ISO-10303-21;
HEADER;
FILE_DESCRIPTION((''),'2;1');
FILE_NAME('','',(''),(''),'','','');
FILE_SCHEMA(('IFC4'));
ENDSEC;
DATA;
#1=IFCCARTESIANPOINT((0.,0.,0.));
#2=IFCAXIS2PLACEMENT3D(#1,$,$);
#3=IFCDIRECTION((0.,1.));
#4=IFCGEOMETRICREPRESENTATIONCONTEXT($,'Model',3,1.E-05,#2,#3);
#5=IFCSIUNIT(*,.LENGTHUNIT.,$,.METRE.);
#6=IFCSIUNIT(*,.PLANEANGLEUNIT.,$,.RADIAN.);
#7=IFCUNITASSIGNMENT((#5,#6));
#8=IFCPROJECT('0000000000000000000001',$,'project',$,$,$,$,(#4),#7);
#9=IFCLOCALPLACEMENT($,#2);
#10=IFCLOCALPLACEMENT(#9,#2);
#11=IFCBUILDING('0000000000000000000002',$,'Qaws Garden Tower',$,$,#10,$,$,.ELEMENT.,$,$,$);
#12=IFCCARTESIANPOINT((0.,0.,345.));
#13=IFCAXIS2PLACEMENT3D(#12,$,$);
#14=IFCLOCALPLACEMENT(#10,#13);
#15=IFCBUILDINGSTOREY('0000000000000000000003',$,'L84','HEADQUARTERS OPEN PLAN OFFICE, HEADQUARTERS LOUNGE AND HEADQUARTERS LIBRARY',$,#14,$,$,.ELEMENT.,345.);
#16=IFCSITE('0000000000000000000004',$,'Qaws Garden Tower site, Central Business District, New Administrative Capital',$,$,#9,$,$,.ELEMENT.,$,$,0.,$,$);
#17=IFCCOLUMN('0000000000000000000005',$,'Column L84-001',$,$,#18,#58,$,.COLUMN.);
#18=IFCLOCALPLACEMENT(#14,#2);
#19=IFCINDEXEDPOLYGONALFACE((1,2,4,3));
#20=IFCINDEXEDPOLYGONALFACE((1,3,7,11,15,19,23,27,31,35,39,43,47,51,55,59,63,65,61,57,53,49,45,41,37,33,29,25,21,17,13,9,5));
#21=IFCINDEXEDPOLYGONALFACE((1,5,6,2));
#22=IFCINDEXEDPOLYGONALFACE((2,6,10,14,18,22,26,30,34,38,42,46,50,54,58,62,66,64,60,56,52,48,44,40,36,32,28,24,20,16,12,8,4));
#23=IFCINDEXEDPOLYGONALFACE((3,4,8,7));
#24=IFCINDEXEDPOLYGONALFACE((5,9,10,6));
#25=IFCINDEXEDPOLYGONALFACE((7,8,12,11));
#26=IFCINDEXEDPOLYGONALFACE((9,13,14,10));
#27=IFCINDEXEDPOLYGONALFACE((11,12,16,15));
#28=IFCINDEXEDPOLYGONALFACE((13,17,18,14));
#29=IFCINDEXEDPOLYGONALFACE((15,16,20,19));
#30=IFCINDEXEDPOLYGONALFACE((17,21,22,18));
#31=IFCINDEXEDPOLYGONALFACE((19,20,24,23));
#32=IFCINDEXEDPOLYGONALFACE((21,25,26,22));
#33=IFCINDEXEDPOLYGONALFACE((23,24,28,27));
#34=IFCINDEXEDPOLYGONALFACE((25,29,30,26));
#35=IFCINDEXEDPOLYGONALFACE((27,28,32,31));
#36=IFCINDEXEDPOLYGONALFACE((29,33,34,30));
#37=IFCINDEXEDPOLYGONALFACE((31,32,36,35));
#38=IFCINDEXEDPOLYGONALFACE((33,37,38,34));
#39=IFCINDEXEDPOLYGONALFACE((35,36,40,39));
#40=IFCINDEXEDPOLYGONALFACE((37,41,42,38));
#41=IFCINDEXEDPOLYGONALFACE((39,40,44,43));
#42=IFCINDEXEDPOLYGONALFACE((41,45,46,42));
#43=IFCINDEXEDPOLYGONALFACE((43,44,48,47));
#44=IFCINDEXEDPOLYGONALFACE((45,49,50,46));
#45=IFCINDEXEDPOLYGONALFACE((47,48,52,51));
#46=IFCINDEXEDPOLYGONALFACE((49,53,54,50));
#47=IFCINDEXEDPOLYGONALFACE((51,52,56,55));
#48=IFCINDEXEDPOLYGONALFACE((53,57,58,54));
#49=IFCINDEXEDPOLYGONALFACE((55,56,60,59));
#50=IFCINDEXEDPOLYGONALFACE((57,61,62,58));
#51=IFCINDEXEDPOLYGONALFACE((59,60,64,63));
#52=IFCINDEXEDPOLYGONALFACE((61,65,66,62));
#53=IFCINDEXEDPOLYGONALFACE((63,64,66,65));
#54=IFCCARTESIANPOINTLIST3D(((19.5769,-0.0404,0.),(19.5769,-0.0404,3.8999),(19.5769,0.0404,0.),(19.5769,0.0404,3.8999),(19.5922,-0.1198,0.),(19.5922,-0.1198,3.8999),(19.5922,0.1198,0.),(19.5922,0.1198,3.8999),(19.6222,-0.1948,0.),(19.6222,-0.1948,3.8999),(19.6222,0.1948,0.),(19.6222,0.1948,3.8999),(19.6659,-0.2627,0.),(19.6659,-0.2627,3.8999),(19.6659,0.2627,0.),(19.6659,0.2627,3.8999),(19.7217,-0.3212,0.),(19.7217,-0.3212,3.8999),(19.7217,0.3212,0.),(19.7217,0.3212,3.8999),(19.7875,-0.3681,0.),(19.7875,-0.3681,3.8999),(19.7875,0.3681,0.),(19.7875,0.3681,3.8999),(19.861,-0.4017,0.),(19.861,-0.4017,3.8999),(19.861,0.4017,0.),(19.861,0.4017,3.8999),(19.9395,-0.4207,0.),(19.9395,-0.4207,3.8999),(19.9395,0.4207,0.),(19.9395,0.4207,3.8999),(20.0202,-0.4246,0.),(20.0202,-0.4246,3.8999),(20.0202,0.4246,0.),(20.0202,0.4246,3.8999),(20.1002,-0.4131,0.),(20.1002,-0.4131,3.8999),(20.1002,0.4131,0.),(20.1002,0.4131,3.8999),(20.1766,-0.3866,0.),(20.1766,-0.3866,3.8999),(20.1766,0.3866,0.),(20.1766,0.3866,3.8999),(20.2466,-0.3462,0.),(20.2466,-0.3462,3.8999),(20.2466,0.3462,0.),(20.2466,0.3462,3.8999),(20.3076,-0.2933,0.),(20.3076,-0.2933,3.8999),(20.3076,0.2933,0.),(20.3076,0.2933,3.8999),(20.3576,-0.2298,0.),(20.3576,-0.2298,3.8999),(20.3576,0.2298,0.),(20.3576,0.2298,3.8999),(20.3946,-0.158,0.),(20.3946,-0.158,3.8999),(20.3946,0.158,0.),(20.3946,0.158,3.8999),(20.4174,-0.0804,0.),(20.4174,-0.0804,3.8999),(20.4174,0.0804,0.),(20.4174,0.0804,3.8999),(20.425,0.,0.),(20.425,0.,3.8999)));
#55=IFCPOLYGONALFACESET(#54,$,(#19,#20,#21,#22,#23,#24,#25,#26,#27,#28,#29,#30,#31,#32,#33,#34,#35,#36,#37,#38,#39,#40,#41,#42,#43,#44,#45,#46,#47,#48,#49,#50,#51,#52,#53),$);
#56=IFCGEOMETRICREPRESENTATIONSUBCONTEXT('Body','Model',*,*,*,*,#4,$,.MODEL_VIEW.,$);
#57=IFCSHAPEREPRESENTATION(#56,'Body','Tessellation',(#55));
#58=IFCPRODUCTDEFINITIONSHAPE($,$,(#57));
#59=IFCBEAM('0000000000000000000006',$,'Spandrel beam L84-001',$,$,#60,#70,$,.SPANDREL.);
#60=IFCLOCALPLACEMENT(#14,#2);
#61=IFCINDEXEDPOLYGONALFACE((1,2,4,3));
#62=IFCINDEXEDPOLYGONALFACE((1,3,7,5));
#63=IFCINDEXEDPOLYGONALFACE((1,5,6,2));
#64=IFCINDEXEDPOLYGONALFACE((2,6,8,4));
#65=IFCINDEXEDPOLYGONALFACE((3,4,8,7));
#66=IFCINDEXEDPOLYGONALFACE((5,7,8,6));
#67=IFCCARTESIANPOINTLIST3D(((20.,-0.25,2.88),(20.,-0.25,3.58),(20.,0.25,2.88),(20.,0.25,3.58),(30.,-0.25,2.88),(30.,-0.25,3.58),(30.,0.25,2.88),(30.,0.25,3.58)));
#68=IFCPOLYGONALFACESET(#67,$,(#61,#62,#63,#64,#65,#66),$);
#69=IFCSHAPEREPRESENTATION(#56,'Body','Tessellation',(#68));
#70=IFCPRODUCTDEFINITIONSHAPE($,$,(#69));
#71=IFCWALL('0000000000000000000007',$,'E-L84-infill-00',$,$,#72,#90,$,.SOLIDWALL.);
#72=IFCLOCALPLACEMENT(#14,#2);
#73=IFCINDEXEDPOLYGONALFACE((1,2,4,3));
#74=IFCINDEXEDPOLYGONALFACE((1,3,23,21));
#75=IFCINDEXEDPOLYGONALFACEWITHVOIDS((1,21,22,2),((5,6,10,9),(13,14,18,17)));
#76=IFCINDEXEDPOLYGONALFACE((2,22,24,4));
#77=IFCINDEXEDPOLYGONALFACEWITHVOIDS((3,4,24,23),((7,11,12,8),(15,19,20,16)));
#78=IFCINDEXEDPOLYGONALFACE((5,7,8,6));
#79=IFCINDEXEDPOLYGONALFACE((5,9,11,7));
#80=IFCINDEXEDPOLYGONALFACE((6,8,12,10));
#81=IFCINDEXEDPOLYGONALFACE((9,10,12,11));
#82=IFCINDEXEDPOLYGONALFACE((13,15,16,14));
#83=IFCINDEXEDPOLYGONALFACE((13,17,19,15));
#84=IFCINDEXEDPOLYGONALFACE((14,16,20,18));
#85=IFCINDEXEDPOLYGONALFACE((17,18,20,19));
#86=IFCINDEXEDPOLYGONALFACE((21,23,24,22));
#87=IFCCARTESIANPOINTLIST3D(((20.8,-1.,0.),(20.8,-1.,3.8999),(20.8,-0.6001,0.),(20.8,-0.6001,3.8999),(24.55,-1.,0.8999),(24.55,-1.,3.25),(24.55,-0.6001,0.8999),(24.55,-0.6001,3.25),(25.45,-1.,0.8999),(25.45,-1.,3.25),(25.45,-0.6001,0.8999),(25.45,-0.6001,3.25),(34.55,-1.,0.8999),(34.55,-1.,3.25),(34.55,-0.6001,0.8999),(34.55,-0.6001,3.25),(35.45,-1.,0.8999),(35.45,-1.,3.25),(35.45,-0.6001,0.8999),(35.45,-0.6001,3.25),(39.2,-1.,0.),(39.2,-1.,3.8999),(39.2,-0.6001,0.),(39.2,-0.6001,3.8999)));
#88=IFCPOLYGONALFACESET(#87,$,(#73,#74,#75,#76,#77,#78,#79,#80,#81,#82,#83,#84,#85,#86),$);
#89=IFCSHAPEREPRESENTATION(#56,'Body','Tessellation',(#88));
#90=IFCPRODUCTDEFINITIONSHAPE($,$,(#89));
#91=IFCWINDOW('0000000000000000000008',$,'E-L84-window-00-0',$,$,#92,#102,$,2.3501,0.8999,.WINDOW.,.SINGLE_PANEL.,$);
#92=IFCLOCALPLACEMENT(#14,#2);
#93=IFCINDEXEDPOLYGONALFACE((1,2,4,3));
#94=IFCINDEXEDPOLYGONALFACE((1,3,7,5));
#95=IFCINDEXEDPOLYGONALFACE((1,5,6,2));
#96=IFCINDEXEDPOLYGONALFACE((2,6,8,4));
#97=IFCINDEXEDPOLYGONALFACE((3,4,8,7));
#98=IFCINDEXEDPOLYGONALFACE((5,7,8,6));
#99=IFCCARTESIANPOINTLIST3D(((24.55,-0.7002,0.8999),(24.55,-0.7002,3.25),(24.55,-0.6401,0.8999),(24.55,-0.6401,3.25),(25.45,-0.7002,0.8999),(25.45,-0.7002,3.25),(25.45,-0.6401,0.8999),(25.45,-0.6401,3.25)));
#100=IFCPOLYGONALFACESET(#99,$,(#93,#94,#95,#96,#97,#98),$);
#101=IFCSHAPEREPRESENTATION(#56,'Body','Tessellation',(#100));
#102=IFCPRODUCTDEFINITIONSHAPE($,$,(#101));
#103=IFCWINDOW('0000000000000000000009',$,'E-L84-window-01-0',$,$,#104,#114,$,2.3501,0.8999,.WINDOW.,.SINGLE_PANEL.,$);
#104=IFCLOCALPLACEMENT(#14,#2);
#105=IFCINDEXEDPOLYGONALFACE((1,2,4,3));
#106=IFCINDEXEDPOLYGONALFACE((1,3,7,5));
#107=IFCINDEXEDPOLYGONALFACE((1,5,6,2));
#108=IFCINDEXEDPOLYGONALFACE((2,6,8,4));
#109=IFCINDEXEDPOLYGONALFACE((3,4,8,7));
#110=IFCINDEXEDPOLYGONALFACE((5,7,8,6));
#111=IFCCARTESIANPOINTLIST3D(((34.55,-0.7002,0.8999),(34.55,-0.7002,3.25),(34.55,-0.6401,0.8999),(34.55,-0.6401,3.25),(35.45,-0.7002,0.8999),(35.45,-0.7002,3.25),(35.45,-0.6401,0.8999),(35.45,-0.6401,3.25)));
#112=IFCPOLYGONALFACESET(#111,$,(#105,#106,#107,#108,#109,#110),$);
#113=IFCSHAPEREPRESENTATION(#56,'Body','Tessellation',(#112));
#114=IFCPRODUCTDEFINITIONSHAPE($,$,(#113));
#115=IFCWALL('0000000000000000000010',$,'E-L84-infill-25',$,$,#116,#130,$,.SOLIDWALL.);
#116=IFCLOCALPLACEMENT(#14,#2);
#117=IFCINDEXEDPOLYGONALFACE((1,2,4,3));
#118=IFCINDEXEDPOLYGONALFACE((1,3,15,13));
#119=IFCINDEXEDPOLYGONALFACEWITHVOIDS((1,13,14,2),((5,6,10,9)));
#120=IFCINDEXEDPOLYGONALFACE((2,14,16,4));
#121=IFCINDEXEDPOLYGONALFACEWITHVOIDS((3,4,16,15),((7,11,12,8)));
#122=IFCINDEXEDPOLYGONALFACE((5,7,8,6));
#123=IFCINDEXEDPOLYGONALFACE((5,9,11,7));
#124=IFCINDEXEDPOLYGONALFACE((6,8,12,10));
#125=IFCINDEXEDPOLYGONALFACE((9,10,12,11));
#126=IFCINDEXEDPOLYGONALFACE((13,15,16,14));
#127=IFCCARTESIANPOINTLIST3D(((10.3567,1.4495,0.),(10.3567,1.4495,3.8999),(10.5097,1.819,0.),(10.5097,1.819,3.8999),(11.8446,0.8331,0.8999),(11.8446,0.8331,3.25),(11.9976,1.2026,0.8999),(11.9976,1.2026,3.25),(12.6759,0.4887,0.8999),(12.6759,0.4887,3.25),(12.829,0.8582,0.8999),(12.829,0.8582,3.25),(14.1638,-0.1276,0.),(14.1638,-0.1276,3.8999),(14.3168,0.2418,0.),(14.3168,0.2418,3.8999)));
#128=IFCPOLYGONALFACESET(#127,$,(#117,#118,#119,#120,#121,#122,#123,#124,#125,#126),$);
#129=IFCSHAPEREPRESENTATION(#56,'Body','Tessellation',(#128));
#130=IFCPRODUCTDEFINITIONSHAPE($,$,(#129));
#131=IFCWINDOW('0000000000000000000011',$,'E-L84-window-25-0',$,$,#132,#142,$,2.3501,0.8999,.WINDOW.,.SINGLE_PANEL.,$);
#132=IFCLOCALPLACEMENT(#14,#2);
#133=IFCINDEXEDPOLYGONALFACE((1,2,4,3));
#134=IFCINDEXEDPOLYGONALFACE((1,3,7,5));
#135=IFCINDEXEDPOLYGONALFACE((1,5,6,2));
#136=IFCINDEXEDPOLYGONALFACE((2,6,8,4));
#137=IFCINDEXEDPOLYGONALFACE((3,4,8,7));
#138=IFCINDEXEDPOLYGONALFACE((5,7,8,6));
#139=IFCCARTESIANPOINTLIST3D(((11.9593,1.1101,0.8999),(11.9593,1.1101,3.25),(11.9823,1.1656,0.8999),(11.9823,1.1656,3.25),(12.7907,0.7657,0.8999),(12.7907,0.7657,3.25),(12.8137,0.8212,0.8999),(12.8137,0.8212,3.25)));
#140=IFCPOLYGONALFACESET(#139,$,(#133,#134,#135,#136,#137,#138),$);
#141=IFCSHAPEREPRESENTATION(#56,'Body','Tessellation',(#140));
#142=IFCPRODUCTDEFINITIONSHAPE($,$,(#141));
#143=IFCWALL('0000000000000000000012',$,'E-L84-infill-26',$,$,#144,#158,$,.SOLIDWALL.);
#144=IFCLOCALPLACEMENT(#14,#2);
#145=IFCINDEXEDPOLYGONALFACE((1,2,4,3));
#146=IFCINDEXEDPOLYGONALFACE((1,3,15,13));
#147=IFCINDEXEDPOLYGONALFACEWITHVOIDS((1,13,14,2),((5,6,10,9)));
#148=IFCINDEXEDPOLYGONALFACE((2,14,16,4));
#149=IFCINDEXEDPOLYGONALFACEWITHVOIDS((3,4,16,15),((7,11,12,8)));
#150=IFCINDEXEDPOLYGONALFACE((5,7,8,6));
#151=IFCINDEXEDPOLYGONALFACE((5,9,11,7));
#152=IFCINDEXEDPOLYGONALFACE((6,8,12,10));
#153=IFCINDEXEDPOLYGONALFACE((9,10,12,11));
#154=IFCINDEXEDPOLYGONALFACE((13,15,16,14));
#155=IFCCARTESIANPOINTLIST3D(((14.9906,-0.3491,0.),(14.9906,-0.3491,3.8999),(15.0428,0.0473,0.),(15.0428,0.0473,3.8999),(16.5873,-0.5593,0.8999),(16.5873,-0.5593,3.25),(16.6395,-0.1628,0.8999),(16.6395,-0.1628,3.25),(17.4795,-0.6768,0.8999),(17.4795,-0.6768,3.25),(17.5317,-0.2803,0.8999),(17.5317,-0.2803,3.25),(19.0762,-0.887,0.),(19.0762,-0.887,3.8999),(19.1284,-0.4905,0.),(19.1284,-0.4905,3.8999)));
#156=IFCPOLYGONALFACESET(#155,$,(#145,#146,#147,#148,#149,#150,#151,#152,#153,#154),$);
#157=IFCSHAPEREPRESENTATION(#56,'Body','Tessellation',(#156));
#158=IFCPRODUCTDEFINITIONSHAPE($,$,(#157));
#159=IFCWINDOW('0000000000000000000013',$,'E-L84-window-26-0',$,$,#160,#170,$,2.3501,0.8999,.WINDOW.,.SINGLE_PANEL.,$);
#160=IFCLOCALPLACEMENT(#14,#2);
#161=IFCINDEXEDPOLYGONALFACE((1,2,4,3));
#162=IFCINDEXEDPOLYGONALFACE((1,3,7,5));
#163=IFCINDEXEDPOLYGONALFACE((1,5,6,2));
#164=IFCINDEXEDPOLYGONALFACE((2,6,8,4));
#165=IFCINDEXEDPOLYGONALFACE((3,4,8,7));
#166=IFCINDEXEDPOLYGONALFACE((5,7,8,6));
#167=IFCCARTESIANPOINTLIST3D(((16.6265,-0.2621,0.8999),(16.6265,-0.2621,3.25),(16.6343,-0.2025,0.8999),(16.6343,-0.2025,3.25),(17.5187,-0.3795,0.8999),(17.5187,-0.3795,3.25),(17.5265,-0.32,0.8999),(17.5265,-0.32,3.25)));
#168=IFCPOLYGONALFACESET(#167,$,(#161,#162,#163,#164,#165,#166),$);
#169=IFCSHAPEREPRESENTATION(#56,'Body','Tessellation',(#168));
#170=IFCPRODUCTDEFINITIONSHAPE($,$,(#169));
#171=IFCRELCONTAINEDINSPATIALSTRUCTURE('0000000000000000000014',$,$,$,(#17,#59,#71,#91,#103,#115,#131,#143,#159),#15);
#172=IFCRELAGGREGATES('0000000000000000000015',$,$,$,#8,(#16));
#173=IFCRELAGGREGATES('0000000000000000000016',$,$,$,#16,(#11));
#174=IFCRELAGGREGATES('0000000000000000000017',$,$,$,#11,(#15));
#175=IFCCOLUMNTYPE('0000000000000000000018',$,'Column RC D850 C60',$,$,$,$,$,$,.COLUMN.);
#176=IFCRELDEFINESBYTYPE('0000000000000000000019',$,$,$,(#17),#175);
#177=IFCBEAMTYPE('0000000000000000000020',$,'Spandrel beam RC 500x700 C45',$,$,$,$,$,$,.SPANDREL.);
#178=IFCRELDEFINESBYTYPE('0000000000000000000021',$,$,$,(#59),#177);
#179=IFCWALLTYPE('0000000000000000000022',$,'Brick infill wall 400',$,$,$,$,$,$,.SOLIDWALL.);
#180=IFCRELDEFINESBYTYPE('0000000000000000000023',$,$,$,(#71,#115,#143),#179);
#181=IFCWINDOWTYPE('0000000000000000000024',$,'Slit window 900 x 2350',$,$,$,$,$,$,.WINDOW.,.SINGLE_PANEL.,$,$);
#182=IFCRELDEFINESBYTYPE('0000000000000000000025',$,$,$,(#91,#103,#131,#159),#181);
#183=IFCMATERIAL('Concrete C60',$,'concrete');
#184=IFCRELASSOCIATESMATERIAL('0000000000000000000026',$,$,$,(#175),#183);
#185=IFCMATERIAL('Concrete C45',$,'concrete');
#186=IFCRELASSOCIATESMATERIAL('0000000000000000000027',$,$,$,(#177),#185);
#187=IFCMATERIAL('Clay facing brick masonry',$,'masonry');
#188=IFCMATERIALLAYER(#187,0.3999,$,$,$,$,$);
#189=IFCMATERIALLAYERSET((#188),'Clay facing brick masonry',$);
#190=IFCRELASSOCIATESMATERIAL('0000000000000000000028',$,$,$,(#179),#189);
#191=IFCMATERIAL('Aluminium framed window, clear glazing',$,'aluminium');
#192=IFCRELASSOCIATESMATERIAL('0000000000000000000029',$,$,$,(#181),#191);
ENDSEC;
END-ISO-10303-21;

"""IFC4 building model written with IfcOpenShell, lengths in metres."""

from ifc_helpers import new_model, si_unit, direction, frame, frame_2d, origin, origin_2d, place, context, subcontext, project, spatial, rectangle, circle, extrude, material, layer, layer_set, material_profile, profile_set, type_object, element, fill, save


model = new_model("IFC4")

# Units and contexts
model_context = context("Model", 3, precision=1e-05, world=origin(), true_north=direction((0.0, 1.0)))
body_context = subcontext(model_context, "Body", "Model", "MODEL_VIEW")
ifc_project = project(units=[si_unit("LENGTHUNIT", "METRE"), si_unit("PLANEANGLEUNIT", "RADIAN")], contexts=[model_context])

# Site, building, storey
site_placement = place(None, origin())
site = spatial("IfcSite", under=ifc_project, at=site_placement, Name="Qaws Garden Tower site, Central Business District, New Administrative Capital", CompositionType="ELEMENT", RefElevation=0.0)
building_placement = place(site_placement, origin())
building = spatial("IfcBuilding", under=site, at=building_placement, Name="Qaws Garden Tower", CompositionType="ELEMENT")
storey_placement = place(building_placement, frame((0.0, 0.0, 345.0)))
storey = spatial("IfcBuildingStorey", under=building, at=storey_placement, Name="L84", Description="HEADQUARTERS OPEN PLAN OFFICE, HEADQUARTERS LOUNGE AND HEADQUARTERS LIBRARY", CompositionType="ELEMENT", Elevation=345.0)

# Column
ifc_material_1 = material(Name="Concrete C60", Category="concrete")
ifc_material_profile_1 = material_profile(ifc_material_1, circle(Radius=0.425, at=origin_2d()), Name="RC D850")
ifc_profile_set_1 = profile_set([ifc_material_profile_1], Name="Concrete C60")
column_type = type_object("IfcColumnType", Name="Column RC D850 C60", PredefinedType="COLUMN", material=ifc_profile_set_1)
column_placement = place(storey_placement, frame((20.0, 0.0, 0.0), z_axis=(0.0, 0.0, 1.0), x_axis=(1.0, 0.0, 0.0)))
element("IfcColumn", 1, at=column_placement, inside=storey, type_object=column_type, Name="Column L84-001", PredefinedType="COLUMN", context=body_context, shape_type="SweptSolid", body=[
    extrude(circle(Radius=0.425, at=origin_2d()), origin(), (0.0, 0.0, 1.0), 3.8999),
])

# Beam
ifc_material_2 = material(Name="Concrete C45", Category="concrete")
ifc_material_profile_2 = material_profile(ifc_material_2, rectangle(XDim=0.5, YDim=0.7, at=origin_2d()), Name="RC 500x700")
ifc_profile_set_2 = profile_set([ifc_material_profile_2], Name="Concrete C45")
beam_type = type_object("IfcBeamType", Name="Spandrel beam RC 500x700 C45", PredefinedType="SPANDREL", material=ifc_profile_set_2)
beam_placement = place(storey_placement, frame((20.0, 0.0, 3.23), z_axis=(1.0, 0.0, 0.0), x_axis=(0.0, 1.0, 0.0)))
element("IfcBeam", 2, at=beam_placement, inside=storey, type_object=beam_type, Name="Spandrel beam L84-001", PredefinedType="SPANDREL", context=body_context, shape_type="SweptSolid", body=[
    extrude(rectangle(XDim=0.5, YDim=0.7, at=origin_2d()), origin(), (0.0, 0.0, 1.0), 10.0),
])

# Wall, openings, windows
ifc_material_3 = material(Name="Clay facing brick masonry", Category="masonry")
ifc_layer_1 = layer(ifc_material_3, 0.3999)
ifc_layer_set_1 = layer_set([ifc_layer_1], Name="Clay facing brick masonry")
wall_type_1 = type_object("IfcWallType", Name="Brick infill wall 400", PredefinedType="SOLIDWALL", material=ifc_layer_set_1)
wall_1_placement = place(storey_placement, frame((20.8, -0.8, 0.0), z_axis=(0.0, 0.0, 1.0), x_axis=(1.0, 0.0, 0.0)))
wall_1 = element("IfcWall", 3, at=wall_1_placement, inside=storey, type_object=wall_type_1, Name="E-L84-infill-00", PredefinedType="SOLIDWALL", context=body_context, shape_type="SweptSolid", body=[
    extrude(rectangle(XDim=18.3999, YDim=0.3999, at=frame_2d((9.2, 0.0))), origin(), (0.0, 0.0, 1.0), 3.8999),
])
opening_1_placement = place(wall_1_placement, frame((3.75, 0.0, 0.8999)))
opening_1 = element("IfcOpeningElement", 4, at=opening_1_placement, cuts=wall_1, PredefinedType="OPENING", context=body_context, shape_type="SweptSolid", body=[
    extrude(rectangle(XDim=0.8999, YDim=2.3501, at=frame_2d((0.45, 1.175))), frame((0.0, 0.21, 0.0), z_axis=(0.0, -1.0, 0.0), x_axis=(1.0, 0.0, 0.0)), (0.0, 0.0, 1.0), 0.4199),
])
opening_2_placement = place(wall_1_placement, frame((13.75, 0.0, 0.8999)))
opening_2 = element("IfcOpeningElement", 5, at=opening_2_placement, cuts=wall_1, PredefinedType="OPENING", context=body_context, shape_type="SweptSolid", body=[
    extrude(rectangle(XDim=0.8999, YDim=2.3501, at=frame_2d((0.45, 1.175))), frame((0.0, 0.21, 0.0), z_axis=(0.0, -1.0, 0.0), x_axis=(1.0, 0.0, 0.0)), (0.0, 0.0, 1.0), 0.4199),
])
ifc_material_4 = material(Name="Aluminium framed window, clear glazing", Category="aluminium")
window_type = type_object("IfcWindowType", Name="Slit window 900 x 2350", PartitioningType="SINGLE_PANEL", PredefinedType="WINDOW", material=ifc_material_4)
window_1_placement = place(opening_1_placement, origin())
window_1 = element("IfcWindow", 6, at=window_1_placement, inside=storey, type_object=window_type, Name="E-L84-window-00-0", OverallHeight=2.3501, OverallWidth=0.8999, PartitioningType="SINGLE_PANEL", PredefinedType="WINDOW", context=body_context, shape_type="SweptSolid", body=[
    extrude(rectangle(XDim=0.8999, YDim=2.3501, at=frame_2d((0.45, 1.175))), frame((0.0, 0.1599, 0.0), z_axis=(0.0, -1.0, 0.0), x_axis=(1.0, 0.0, 0.0)), (0.0, 0.0, 1.0), 0.0601),
])
fill(opening_1, window_1)
window_2_placement = place(opening_2_placement, origin())
window_2 = element("IfcWindow", 7, at=window_2_placement, inside=storey, type_object=window_type, Name="E-L84-window-01-0", OverallHeight=2.3501, OverallWidth=0.8999, PartitioningType="SINGLE_PANEL", PredefinedType="WINDOW", context=body_context, shape_type="SweptSolid", body=[
    extrude(rectangle(XDim=0.8999, YDim=2.3501, at=frame_2d((0.45, 1.175))), frame((0.0, 0.1599, 0.0), z_axis=(0.0, -1.0, 0.0), x_axis=(1.0, 0.0, 0.0)), (0.0, 0.0, 1.0), 0.0601),
])
fill(opening_2, window_2)

# Walls, openings, windows
wall_2_placement = place(storey_placement, frame((10.4331, 1.6343, 0.0), z_axis=(0.0, 0.0, 1.0), x_axis=(0.923864, -0.382722, 0.0)))
wall_2 = element("IfcWall", 8, at=wall_2_placement, inside=storey, type_object=wall_type_1, Name="E-L84-infill-25", PredefinedType="SOLIDWALL", context=body_context, shape_type="SweptSolid", body=[
    extrude(rectangle(XDim=4.1208, YDim=0.3999, at=frame_2d((2.0605, 0.0))), origin(), (0.0, 0.0, 1.0), 3.8999),
])
opening_3_placement = place(wall_2_placement, frame((1.6106, 0.0, 0.8999)))
opening_3 = element("IfcOpeningElement", 9, at=opening_3_placement, cuts=wall_2, PredefinedType="OPENING", context=body_context, shape_type="SweptSolid", body=[
    extrude(rectangle(XDim=0.8999, YDim=2.3501, at=frame_2d((0.45, 1.175))), frame((0.0, 0.21, 0.0), z_axis=(0.0, -1.0, 0.0), x_axis=(1.0, 0.0, 0.0)), (0.0, 0.0, 1.0), 0.4199),
])
window_3_placement = place(opening_3_placement, origin())
window_3 = element("IfcWindow", 10, at=window_3_placement, inside=storey, type_object=window_type, Name="E-L84-window-25-0", OverallHeight=2.3501, OverallWidth=0.8999, PartitioningType="SINGLE_PANEL", PredefinedType="WINDOW", context=body_context, shape_type="SweptSolid", body=[
    extrude(rectangle(XDim=0.8999, YDim=2.3501, at=frame_2d((0.45, 1.175))), frame((0.0, 0.1599, 0.0), z_axis=(0.0, -1.0, 0.0), x_axis=(1.0, 0.0, 0.0)), (0.0, 0.0, 1.0), 0.0601),
])
fill(opening_3, window_3)
wall_3_placement = place(storey_placement, frame((15.0166, -0.1509, 0.0), z_axis=(0.0, 0.0, 1.0), x_axis=(0.991446, -0.130514, 0.0)))
wall_3 = element("IfcWall", 11, at=wall_3_placement, inside=storey, type_object=wall_type_1, Name="E-L84-infill-26", PredefinedType="SOLIDWALL", context=body_context, shape_type="SweptSolid", body=[
    extrude(rectangle(XDim=4.1208, YDim=0.3999, at=frame_2d((2.0605, 0.0))), origin(), (0.0, 0.0, 1.0), 3.8999),
])
opening_4_placement = place(wall_3_placement, frame((1.6106, 0.0, 0.8999)))
opening_4 = element("IfcOpeningElement", 12, at=opening_4_placement, cuts=wall_3, PredefinedType="OPENING", context=body_context, shape_type="SweptSolid", body=[
    extrude(rectangle(XDim=0.8999, YDim=2.3501, at=frame_2d((0.45, 1.175))), frame((0.0, 0.21, 0.0), z_axis=(0.0, -1.0, 0.0), x_axis=(1.0, 0.0, 0.0)), (0.0, 0.0, 1.0), 0.4199),
])
window_4_placement = place(opening_4_placement, origin())
window_4 = element("IfcWindow", 13, at=window_4_placement, inside=storey, type_object=window_type, Name="E-L84-window-26-0", OverallHeight=2.3501, OverallWidth=0.8999, PartitioningType="SINGLE_PANEL", PredefinedType="WINDOW", context=body_context, shape_type="SweptSolid", body=[
    extrude(rectangle(XDim=0.8999, YDim=2.3501, at=frame_2d((0.45, 1.175))), frame((0.0, 0.1599, 0.0), z_axis=(0.0, -1.0, 0.0), x_axis=(1.0, 0.0, 0.0)), (0.0, 0.0, 1.0), 0.0601),
])
fill(opening_4, window_4)

save(model, "model.ifc")
